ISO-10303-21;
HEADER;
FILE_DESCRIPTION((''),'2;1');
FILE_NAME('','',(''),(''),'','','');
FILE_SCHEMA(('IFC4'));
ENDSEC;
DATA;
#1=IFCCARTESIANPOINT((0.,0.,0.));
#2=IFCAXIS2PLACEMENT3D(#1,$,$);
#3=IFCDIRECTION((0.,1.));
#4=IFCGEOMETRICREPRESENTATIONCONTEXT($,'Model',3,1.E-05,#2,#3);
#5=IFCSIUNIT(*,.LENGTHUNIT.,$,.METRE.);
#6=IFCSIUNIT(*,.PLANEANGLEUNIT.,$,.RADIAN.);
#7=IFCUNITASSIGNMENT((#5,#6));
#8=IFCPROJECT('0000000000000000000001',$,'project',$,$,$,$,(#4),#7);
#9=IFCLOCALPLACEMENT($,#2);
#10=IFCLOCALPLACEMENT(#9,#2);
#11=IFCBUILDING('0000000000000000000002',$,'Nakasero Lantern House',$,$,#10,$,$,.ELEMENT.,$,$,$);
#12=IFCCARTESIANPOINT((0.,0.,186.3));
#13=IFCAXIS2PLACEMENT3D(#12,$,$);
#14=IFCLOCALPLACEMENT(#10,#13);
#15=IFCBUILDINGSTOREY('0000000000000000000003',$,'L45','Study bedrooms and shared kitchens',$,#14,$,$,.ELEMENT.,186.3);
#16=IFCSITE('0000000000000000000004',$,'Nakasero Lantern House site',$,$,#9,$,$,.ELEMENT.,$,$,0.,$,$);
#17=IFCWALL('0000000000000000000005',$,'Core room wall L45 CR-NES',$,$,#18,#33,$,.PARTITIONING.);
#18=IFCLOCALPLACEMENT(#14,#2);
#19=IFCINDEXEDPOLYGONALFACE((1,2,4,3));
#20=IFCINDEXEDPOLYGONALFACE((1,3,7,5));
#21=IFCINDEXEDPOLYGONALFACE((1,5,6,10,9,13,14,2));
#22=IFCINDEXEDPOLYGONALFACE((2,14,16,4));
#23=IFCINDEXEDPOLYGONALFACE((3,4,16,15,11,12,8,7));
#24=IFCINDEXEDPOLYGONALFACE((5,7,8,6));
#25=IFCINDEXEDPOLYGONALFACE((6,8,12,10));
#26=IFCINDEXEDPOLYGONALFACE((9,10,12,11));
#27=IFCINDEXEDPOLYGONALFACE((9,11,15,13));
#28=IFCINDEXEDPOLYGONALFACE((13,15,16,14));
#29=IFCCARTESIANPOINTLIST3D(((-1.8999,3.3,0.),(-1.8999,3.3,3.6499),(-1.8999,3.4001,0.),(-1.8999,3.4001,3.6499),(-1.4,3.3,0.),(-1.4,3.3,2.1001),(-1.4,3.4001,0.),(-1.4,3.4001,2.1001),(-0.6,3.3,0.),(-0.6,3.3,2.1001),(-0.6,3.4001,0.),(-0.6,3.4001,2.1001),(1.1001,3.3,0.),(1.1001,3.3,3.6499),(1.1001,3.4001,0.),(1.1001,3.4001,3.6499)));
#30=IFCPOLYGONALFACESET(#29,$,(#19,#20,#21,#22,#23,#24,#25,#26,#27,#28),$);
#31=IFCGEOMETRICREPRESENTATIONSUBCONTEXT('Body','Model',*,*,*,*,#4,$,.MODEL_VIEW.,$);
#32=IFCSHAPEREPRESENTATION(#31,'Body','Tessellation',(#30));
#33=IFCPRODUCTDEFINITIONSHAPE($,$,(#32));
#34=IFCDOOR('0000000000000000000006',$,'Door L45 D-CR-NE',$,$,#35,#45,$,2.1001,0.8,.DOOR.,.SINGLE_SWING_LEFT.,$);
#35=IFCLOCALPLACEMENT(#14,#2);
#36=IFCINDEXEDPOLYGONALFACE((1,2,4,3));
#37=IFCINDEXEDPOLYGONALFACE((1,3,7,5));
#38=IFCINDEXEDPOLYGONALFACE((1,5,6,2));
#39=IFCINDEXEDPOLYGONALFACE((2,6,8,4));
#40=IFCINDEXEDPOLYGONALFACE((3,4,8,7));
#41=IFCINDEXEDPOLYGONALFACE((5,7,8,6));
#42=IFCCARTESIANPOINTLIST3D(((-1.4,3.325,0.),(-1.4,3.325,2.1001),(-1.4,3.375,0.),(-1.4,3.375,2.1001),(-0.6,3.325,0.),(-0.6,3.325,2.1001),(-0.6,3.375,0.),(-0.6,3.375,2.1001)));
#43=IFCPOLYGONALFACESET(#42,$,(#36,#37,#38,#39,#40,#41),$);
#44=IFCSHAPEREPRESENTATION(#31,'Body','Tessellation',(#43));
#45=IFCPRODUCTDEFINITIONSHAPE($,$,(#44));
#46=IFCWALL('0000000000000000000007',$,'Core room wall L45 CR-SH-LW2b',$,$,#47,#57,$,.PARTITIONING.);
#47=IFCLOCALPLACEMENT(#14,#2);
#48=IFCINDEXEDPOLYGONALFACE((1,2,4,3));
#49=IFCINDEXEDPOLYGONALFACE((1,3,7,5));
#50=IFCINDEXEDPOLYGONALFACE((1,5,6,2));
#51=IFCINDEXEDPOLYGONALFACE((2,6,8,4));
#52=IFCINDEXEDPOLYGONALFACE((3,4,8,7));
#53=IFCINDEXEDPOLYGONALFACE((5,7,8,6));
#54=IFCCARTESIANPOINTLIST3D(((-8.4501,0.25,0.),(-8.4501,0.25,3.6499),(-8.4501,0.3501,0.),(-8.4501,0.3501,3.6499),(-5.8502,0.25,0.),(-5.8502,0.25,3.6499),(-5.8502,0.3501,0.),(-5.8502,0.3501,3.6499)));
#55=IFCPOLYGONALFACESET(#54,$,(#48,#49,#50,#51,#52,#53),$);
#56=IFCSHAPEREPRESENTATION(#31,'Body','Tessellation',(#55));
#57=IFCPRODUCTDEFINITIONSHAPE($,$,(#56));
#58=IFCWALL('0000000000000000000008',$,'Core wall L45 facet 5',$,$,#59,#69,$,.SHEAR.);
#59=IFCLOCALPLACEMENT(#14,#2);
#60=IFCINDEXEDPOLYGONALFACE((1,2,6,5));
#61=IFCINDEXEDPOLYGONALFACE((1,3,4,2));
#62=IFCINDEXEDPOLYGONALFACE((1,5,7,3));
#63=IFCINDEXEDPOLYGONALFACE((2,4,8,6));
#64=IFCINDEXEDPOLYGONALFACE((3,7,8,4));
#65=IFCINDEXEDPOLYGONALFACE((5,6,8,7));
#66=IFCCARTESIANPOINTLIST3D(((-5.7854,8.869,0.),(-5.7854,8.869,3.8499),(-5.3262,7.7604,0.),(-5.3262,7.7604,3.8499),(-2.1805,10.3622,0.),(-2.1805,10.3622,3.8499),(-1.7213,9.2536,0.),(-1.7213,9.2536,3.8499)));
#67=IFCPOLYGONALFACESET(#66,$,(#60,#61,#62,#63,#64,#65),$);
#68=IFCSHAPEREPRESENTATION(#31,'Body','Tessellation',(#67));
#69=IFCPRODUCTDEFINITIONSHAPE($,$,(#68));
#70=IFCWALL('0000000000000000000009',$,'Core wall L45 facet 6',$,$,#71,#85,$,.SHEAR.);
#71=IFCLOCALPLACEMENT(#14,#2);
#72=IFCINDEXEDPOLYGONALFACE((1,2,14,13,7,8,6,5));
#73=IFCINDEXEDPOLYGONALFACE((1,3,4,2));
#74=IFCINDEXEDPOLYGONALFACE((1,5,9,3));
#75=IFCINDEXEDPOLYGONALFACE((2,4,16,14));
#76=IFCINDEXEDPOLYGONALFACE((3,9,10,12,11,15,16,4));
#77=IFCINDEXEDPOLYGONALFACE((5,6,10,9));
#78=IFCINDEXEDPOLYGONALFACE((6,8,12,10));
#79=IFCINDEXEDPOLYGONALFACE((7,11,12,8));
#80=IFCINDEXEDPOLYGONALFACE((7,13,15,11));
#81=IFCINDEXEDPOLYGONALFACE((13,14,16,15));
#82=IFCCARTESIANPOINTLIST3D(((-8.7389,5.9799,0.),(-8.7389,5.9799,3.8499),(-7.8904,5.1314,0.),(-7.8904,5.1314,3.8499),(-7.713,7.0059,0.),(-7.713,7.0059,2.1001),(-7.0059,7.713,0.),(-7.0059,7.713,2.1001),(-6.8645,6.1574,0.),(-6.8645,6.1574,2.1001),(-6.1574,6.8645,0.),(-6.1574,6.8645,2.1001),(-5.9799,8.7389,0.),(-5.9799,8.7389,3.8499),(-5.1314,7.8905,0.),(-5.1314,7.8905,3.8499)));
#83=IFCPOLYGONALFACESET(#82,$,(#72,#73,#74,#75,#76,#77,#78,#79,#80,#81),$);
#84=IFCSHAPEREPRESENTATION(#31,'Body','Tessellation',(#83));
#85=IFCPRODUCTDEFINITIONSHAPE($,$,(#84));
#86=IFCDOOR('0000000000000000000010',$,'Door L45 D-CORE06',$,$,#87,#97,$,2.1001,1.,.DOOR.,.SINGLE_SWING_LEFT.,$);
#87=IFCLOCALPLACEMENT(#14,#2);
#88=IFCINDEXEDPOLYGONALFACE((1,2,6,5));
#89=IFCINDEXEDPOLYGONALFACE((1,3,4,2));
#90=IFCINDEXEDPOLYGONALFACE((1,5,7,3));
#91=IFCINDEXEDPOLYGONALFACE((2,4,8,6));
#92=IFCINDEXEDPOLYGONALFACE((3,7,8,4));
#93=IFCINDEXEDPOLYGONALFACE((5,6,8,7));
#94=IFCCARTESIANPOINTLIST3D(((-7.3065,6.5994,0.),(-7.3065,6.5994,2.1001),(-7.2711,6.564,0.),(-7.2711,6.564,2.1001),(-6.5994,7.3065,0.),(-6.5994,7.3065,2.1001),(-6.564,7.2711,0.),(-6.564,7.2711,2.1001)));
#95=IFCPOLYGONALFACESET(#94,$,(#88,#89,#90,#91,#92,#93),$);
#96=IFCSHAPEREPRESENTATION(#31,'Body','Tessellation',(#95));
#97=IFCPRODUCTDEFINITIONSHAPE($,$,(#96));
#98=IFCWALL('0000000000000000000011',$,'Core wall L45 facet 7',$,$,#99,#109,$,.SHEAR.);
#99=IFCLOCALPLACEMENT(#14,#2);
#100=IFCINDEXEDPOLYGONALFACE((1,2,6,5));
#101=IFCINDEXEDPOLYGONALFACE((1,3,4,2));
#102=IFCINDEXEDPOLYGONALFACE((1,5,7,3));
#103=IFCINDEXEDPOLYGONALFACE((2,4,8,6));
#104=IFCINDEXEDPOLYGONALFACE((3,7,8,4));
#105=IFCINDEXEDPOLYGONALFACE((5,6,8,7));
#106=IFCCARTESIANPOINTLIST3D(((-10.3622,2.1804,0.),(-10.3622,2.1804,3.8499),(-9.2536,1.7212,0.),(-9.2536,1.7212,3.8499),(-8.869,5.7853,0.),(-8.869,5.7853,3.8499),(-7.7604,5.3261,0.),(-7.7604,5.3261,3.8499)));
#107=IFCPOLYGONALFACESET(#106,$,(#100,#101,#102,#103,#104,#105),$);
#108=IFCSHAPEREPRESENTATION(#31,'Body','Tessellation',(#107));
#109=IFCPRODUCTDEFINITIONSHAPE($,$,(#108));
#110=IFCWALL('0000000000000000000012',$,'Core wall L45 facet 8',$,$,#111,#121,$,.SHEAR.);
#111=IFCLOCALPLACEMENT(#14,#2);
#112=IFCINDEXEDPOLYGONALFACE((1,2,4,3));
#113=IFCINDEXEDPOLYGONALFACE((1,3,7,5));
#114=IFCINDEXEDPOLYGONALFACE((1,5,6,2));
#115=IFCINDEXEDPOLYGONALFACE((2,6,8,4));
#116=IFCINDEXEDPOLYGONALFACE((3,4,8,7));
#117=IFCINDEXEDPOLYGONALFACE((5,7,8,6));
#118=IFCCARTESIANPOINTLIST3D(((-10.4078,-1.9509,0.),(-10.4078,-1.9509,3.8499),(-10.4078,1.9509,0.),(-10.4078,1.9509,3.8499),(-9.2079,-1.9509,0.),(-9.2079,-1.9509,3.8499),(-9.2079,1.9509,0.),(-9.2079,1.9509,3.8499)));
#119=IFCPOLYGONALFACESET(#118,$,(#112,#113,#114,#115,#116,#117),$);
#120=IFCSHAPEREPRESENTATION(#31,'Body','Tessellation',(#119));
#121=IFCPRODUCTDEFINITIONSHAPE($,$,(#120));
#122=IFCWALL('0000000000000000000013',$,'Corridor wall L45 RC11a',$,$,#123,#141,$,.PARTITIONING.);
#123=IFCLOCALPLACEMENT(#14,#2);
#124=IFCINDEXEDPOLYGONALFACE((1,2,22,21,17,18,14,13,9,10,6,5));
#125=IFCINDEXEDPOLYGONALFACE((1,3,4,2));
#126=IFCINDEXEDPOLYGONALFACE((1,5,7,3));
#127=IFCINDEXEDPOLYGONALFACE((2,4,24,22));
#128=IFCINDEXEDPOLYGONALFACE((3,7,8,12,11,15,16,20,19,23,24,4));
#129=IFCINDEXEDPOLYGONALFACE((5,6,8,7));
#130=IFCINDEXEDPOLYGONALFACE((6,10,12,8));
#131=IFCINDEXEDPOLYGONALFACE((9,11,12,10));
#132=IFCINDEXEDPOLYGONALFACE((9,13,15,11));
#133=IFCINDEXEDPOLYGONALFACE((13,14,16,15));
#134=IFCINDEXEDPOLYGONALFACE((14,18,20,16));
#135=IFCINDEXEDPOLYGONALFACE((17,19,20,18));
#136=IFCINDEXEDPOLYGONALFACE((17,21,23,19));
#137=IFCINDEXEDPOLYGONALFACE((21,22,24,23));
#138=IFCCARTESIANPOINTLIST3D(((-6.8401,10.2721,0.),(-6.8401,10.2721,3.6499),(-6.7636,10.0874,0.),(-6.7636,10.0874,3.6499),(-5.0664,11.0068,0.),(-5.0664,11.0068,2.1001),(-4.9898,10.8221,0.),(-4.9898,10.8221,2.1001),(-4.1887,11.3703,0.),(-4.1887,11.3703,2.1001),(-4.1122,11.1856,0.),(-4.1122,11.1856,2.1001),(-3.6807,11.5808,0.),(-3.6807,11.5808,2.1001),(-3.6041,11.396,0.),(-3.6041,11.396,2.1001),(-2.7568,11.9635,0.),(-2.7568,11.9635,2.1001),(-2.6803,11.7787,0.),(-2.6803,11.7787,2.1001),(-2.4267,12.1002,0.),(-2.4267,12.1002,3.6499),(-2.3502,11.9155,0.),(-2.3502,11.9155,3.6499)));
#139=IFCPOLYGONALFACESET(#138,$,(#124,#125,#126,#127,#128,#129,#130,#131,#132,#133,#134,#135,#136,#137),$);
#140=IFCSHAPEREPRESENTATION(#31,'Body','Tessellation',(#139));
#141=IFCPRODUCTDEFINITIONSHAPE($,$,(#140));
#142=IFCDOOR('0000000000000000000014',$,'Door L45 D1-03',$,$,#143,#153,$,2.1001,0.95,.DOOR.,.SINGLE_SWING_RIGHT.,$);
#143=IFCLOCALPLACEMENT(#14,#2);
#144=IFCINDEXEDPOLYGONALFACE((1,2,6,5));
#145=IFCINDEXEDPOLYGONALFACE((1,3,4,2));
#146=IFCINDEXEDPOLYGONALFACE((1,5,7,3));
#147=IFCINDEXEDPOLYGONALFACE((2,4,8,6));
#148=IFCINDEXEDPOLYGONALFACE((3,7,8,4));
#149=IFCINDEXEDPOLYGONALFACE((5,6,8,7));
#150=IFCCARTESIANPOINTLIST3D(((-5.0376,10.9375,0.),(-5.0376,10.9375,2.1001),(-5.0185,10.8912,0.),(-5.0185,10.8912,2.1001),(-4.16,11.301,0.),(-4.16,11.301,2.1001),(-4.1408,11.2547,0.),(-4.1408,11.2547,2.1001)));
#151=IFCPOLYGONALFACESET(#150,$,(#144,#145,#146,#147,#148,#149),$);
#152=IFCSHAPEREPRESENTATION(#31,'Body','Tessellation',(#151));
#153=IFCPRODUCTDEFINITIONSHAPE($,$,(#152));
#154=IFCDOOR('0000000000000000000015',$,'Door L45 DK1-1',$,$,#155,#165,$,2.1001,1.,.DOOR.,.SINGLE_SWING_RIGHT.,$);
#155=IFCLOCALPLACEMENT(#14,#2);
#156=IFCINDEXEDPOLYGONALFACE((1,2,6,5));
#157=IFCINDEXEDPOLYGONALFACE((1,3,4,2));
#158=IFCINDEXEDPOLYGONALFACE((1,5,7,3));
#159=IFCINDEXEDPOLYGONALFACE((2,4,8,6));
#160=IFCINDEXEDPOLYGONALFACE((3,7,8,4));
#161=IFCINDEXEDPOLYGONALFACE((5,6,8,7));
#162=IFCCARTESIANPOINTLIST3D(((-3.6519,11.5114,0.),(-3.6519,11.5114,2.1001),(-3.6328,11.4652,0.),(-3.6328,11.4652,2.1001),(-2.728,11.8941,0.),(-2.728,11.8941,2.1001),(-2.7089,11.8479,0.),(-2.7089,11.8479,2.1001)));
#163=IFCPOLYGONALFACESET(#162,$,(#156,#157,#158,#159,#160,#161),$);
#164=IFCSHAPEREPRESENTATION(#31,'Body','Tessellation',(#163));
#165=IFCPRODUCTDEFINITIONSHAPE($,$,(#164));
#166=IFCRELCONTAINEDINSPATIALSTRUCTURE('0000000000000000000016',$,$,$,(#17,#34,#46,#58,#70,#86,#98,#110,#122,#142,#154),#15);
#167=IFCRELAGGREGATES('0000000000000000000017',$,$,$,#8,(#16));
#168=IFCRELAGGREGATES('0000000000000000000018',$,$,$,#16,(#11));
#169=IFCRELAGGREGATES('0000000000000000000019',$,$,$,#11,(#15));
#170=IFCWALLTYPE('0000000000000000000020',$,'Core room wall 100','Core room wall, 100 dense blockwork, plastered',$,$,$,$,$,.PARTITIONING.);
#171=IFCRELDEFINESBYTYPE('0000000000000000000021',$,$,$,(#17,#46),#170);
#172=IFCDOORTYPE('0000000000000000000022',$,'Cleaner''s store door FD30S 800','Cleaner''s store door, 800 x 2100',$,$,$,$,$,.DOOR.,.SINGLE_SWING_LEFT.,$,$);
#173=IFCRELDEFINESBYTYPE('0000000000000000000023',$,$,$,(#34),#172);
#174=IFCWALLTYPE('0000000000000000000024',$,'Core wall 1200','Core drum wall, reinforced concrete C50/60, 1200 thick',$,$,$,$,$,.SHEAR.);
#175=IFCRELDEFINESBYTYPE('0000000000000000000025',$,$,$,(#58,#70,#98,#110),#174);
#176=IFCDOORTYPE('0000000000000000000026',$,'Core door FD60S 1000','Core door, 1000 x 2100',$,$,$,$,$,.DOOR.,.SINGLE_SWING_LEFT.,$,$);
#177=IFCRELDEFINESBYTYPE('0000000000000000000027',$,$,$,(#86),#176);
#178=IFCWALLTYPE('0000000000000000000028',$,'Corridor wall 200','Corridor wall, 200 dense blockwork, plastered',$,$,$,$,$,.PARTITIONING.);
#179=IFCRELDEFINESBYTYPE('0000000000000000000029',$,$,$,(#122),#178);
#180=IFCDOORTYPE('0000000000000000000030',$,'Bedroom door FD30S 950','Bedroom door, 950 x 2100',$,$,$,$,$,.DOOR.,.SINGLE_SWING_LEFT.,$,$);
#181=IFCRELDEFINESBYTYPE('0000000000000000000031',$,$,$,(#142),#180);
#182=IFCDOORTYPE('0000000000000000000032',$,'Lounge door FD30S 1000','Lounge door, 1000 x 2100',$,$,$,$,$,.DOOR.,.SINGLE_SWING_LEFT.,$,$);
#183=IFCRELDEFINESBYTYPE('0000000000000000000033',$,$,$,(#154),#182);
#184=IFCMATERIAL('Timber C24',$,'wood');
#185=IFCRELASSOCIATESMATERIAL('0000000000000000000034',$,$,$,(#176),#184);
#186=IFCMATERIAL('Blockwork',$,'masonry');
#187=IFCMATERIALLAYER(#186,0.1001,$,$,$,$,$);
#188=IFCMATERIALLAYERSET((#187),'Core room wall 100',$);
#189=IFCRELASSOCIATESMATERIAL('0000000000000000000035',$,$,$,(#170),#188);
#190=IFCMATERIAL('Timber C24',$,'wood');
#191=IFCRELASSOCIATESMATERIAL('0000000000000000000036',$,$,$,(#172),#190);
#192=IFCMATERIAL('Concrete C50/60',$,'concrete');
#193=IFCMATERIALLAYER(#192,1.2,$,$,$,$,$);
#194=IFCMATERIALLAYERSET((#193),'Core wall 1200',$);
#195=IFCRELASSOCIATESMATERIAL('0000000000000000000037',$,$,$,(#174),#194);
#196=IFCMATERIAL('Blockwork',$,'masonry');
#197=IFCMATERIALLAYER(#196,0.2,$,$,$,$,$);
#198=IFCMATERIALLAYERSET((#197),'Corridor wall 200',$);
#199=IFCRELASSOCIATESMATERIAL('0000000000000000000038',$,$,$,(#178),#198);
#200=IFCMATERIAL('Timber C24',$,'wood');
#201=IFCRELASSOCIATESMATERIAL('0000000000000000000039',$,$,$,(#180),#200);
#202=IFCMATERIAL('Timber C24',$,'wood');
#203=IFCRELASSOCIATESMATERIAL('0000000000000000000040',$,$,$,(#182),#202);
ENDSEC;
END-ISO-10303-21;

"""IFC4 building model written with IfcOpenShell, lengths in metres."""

from ifc_helpers import new_model, si_unit, direction, frame, frame_2d, origin, place, context, subcontext, project, spatial, rectangle, extrude, material, layer, layer_set, type_object, element, fill, save


model = new_model("IFC4")

# Units and contexts
model_context = context("Model", 3, precision=1e-05, world=origin(), true_north=direction((0.0, 1.0)))
body_context = subcontext(model_context, "Body", "Model", "MODEL_VIEW")
ifc_project = project(units=[si_unit("LENGTHUNIT", "METRE"), si_unit("PLANEANGLEUNIT", "RADIAN")], contexts=[model_context])

# Site, building, storey
site_placement = place(None, origin())
site = spatial("IfcSite", under=ifc_project, at=site_placement, Name="Nakasero Lantern House site", CompositionType="ELEMENT", RefElevation=0.0)
building_placement = place(site_placement, origin())
building = spatial("IfcBuilding", under=site, at=building_placement, Name="Nakasero Lantern House", CompositionType="ELEMENT")
storey_placement = place(building_placement, frame((0.0, 0.0, 186.3)))
storey = spatial("IfcBuildingStorey", under=building, at=storey_placement, Name="L45", Description="Study bedrooms and shared kitchens", CompositionType="ELEMENT", Elevation=186.3)

# Shared definitions
ifc_material_1 = material(Name="Timber C24", Category="wood")
door_type_1 = type_object("IfcDoorType", Name="Core door FD60S 1000", Description="Core door, 1000 x 2100", OperationType="SINGLE_SWING_LEFT", PredefinedType="DOOR", material=ifc_material_1)

# Wall, opening, door
ifc_material_2 = material(Name="Blockwork", Category="masonry")
ifc_layer_1 = layer(ifc_material_2, 0.1001)
ifc_layer_set_1 = layer_set([ifc_layer_1], Name="Core room wall 100")
wall_type_1 = type_object("IfcWallType", Name="Core room wall 100", Description="Core room wall, 100 dense blockwork, plastered", PredefinedType="PARTITIONING", material=ifc_layer_set_1)
wall_1_placement = place(storey_placement, frame((-1.8999, 3.3501, 0.0), z_axis=(0.0, 0.0, 1.0), x_axis=(1.0, 0.0, 0.0)))
wall_1 = element("IfcWall", 1, at=wall_1_placement, inside=storey, type_object=wall_type_1, Name="Core room wall L45 CR-NES", PredefinedType="PARTITIONING", context=body_context, shape_type="SweptSolid", body=[
    extrude(rectangle(XDim=3.0, YDim=0.1001, at=frame_2d((1.5, 0.0))), origin(), (0.0, 0.0, 1.0), 3.6499),
])
opening_1_placement = place(wall_1_placement, frame((0.5, 0.0, 0.0)))
opening_1 = element("IfcOpeningElement", 2, at=opening_1_placement, cuts=wall_1, PredefinedType="OPENING", context=body_context, shape_type="SweptSolid", body=[
    extrude(rectangle(XDim=0.8, YDim=2.1001, at=frame_2d((0.3999, 1.05))), frame((0.0, 0.0701, 0.0), z_axis=(0.0, -1.0, 0.0), x_axis=(1.0, 0.0, 0.0)), (0.0, 0.0, 1.0), 0.1401),
])
ifc_material_3 = material(Name="Timber C24", Category="wood")
door_type_2 = type_object("IfcDoorType", Name="Cleaner's store door FD30S 800", Description="Cleaner's store door, 800 x 2100", OperationType="SINGLE_SWING_LEFT", PredefinedType="DOOR", material=ifc_material_3)
door_1_placement = place(opening_1_placement, origin())
door_1 = element("IfcDoor", 3, at=door_1_placement, inside=storey, type_object=door_type_2, Name="Door L45 D-CR-NE", OperationType="SINGLE_SWING_LEFT", OverallHeight=2.1001, OverallWidth=0.8, PredefinedType="DOOR", context=body_context, shape_type="SweptSolid", body=[
    extrude(rectangle(XDim=0.8, YDim=2.1001, at=frame_2d((0.3999, 1.05))), frame((0.0, 0.0249, 0.0), z_axis=(0.0, -1.0, 0.0), x_axis=(1.0, 0.0, 0.0)), (0.0, 0.0, 1.0), 0.05),
])
fill(opening_1, door_1)

# Walls
wall_2_placement = place(storey_placement, frame((-8.45, 0.3, 0.0), z_axis=(0.0, 0.0, 1.0), x_axis=(1.0, 0.0, 0.0)))
element("IfcWall", 4, at=wall_2_placement, inside=storey, type_object=wall_type_1, Name="Core room wall L45 CR-SH-LW2b", PredefinedType="PARTITIONING", context=body_context, shape_type="SweptSolid", body=[
    extrude(rectangle(XDim=2.5999, YDim=0.1001, at=frame_2d((1.2998, 0.0))), origin(), (0.0, 0.0, 1.0), 3.6499),
])
ifc_material_4 = material(Name="Concrete C50/60", Category="concrete")
ifc_layer_2 = layer(ifc_material_4, 1.2)
ifc_layer_set_2 = layer_set([ifc_layer_2], Name="Core wall 1200")
wall_type_2 = type_object("IfcWallType", Name="Core wall 1200", Description="Core drum wall, reinforced concrete C50/60, 1200 thick", PredefinedType="SHEAR", material=ifc_layer_set_2)
wall_3_placement = place(storey_placement, frame((-1.9509, 9.8079, 0.0), z_axis=(0.0, 0.0, 1.0), x_axis=(-0.923877, -0.382691, 0.0)))
element("IfcWall", 5, at=wall_3_placement, inside=storey, type_object=wall_type_2, Name="Core wall L45 facet 5", PredefinedType="SHEAR", context=body_context, shape_type="SweptSolid", body=[
    extrude(rectangle(XDim=3.9019, YDim=1.2, at=frame_2d((1.9509, 0.0))), origin(), (0.0, 0.0, 1.0), 3.8499),
])

# Wall, opening, door
wall_4_placement = place(storey_placement, frame((-5.5557, 8.3147, 0.0), z_axis=(0.0, 0.0, 1.0), x_axis=(-0.707107, -0.707107, 0.0)))
wall_4 = element("IfcWall", 6, at=wall_4_placement, inside=storey, type_object=wall_type_2, Name="Core wall L45 facet 6", PredefinedType="SHEAR", context=body_context, shape_type="SweptSolid", body=[
    extrude(rectangle(XDim=3.9019, YDim=1.2, at=frame_2d((1.9509, 0.0))), origin(), (0.0, 0.0, 1.0), 3.8499),
])
opening_2_placement = place(wall_4_placement, frame((1.4509, 0.0, 0.0)))
opening_2 = element("IfcOpeningElement", 7, at=opening_2_placement, cuts=wall_4, PredefinedType="OPENING", context=body_context, shape_type="SweptSolid", body=[
    extrude(rectangle(XDim=1.0, YDim=2.1001, at=frame_2d((0.5, 1.05))), frame((0.0, 0.6199, 0.0), z_axis=(0.0, -1.0, 0.0), x_axis=(1.0, 0.0, 0.0)), (0.0, 0.0, 1.0), 1.24),
])
door_2_placement = place(opening_2_placement, origin())
door_2 = element("IfcDoor", 8, at=door_2_placement, inside=storey, type_object=door_type_1, Name="Door L45 D-CORE06", OperationType="SINGLE_SWING_LEFT", OverallHeight=2.1001, OverallWidth=1.0, PredefinedType="DOOR", context=body_context, shape_type="SweptSolid", body=[
    extrude(rectangle(XDim=1.0, YDim=2.1001, at=frame_2d((0.5, 1.05))), frame((0.0, 0.0249, 0.0), z_axis=(0.0, -1.0, 0.0), x_axis=(1.0, 0.0, 0.0)), (0.0, 0.0, 1.0), 0.05),
])
fill(opening_2, door_2)

# Walls
for number, where, z_axis, x_axis, name in (
    (9, (-8.3147, 5.5557, 0.0), (0.0, 0.0, 1.0), (-0.382691, -0.923877, 0.0), "Core wall L45 facet 7"),
    (10, (-9.8079, 1.9509, 0.0), (0.0, 0.0, 1.0), (0.0, -1.0, 0.0), "Core wall L45 facet 8"),
):
    element("IfcWall", number, at=place(storey_placement, frame(where, z_axis=z_axis, x_axis=x_axis)), inside=storey, type_object=wall_type_2, Name=name, PredefinedType="SHEAR", context=body_context, shape_type="SweptSolid", body=[
        extrude(rectangle(XDim=3.9019, YDim=1.2, at=frame_2d((1.9509, 0.0))), origin(), (0.0, 0.0, 1.0), 3.8499),
    ])

# Wall, openings, doors
ifc_material_5 = material(Name="Blockwork", Category="masonry")
ifc_layer_3 = layer(ifc_material_5, 0.2)
ifc_layer_set_3 = layer_set([ifc_layer_3], Name="Corridor wall 200")
wall_type_3 = type_object("IfcWallType", Name="Corridor wall 200", Description="Corridor wall, 200 dense blockwork, plastered", PredefinedType="PARTITIONING", material=ifc_layer_set_3)
wall_5_placement = place(storey_placement, frame((-6.802, 10.1797, 0.0), z_axis=(0.0, 0.0, 1.0), x_axis=(0.923882, 0.382677, 0.0)))
wall_5 = element("IfcWall", 11, at=wall_5_placement, inside=storey, type_object=wall_type_3, Name="Corridor wall L45 RC11a", PredefinedType="PARTITIONING", context=body_context, shape_type="SweptSolid", body=[
    extrude(rectangle(XDim=4.7771, YDim=0.2, at=frame_2d((2.3887, 0.0))), origin(), (0.0, 0.0, 1.0), 3.6499),
])
opening_3_placement = place(wall_5_placement, frame((1.9199, 0.0, 0.0)))
opening_3 = element("IfcOpeningElement", 12, at=opening_3_placement, cuts=wall_5, PredefinedType="OPENING", context=body_context, shape_type="SweptSolid", body=[
    extrude(rectangle(XDim=0.95, YDim=2.1001, at=frame_2d((0.4751, 1.05))), frame((0.0, 0.1199, 0.0), z_axis=(0.0, -1.0, 0.0), x_axis=(1.0, 0.0, 0.0)), (0.0, 0.0, 1.0), 0.24),
])
opening_4_placement = place(wall_5_placement, frame((3.4199, 0.0, 0.0)))
opening_4 = element("IfcOpeningElement", 13, at=opening_4_placement, cuts=wall_5, PredefinedType="OPENING", context=body_context, shape_type="SweptSolid", body=[
    extrude(rectangle(XDim=1.0, YDim=2.1001, at=frame_2d((0.5, 1.05))), frame((0.0, 0.1199, 0.0), z_axis=(0.0, -1.0, 0.0), x_axis=(1.0, 0.0, 0.0)), (0.0, 0.0, 1.0), 0.24),
])
ifc_material_6 = material(Name="Timber C24", Category="wood")
door_type_3 = type_object("IfcDoorType", Name="Bedroom door FD30S 950", Description="Bedroom door, 950 x 2100", OperationType="SINGLE_SWING_LEFT", PredefinedType="DOOR", material=ifc_material_6)
door_3_placement = place(opening_3_placement, origin())
door_3 = element("IfcDoor", 14, at=door_3_placement, inside=storey, type_object=door_type_3, Name="Door L45 D1-03", OperationType="SINGLE_SWING_RIGHT", OverallHeight=2.1001, OverallWidth=0.95, PredefinedType="DOOR", context=body_context, shape_type="SweptSolid", body=[
    extrude(rectangle(XDim=0.95, YDim=2.1001, at=frame_2d((0.4751, 1.05))), frame((0.0, 0.0249, 0.0), z_axis=(0.0, -1.0, 0.0), x_axis=(1.0, 0.0, 0.0)), (0.0, 0.0, 1.0), 0.05),
])
fill(opening_3, door_3)
ifc_material_7 = material(Name="Timber C24", Category="wood")
door_type_4 = type_object("IfcDoorType", Name="Lounge door FD30S 1000", Description="Lounge door, 1000 x 2100", OperationType="SINGLE_SWING_LEFT", PredefinedType="DOOR", material=ifc_material_7)
door_4_placement = place(opening_4_placement, origin())
door_4 = element("IfcDoor", 15, at=door_4_placement, inside=storey, type_object=door_type_4, Name="Door L45 DK1-1", OperationType="SINGLE_SWING_RIGHT", OverallHeight=2.1001, OverallWidth=1.0, PredefinedType="DOOR", context=body_context, shape_type="SweptSolid", body=[
    extrude(rectangle(XDim=1.0, YDim=2.1001, at=frame_2d((0.5, 1.05))), frame((0.0, 0.0249, 0.0), z_axis=(0.0, -1.0, 0.0), x_axis=(1.0, 0.0, 0.0)), (0.0, 0.0, 1.0), 0.05),
])
fill(opening_4, door_4)

save(model, "model.ifc")
